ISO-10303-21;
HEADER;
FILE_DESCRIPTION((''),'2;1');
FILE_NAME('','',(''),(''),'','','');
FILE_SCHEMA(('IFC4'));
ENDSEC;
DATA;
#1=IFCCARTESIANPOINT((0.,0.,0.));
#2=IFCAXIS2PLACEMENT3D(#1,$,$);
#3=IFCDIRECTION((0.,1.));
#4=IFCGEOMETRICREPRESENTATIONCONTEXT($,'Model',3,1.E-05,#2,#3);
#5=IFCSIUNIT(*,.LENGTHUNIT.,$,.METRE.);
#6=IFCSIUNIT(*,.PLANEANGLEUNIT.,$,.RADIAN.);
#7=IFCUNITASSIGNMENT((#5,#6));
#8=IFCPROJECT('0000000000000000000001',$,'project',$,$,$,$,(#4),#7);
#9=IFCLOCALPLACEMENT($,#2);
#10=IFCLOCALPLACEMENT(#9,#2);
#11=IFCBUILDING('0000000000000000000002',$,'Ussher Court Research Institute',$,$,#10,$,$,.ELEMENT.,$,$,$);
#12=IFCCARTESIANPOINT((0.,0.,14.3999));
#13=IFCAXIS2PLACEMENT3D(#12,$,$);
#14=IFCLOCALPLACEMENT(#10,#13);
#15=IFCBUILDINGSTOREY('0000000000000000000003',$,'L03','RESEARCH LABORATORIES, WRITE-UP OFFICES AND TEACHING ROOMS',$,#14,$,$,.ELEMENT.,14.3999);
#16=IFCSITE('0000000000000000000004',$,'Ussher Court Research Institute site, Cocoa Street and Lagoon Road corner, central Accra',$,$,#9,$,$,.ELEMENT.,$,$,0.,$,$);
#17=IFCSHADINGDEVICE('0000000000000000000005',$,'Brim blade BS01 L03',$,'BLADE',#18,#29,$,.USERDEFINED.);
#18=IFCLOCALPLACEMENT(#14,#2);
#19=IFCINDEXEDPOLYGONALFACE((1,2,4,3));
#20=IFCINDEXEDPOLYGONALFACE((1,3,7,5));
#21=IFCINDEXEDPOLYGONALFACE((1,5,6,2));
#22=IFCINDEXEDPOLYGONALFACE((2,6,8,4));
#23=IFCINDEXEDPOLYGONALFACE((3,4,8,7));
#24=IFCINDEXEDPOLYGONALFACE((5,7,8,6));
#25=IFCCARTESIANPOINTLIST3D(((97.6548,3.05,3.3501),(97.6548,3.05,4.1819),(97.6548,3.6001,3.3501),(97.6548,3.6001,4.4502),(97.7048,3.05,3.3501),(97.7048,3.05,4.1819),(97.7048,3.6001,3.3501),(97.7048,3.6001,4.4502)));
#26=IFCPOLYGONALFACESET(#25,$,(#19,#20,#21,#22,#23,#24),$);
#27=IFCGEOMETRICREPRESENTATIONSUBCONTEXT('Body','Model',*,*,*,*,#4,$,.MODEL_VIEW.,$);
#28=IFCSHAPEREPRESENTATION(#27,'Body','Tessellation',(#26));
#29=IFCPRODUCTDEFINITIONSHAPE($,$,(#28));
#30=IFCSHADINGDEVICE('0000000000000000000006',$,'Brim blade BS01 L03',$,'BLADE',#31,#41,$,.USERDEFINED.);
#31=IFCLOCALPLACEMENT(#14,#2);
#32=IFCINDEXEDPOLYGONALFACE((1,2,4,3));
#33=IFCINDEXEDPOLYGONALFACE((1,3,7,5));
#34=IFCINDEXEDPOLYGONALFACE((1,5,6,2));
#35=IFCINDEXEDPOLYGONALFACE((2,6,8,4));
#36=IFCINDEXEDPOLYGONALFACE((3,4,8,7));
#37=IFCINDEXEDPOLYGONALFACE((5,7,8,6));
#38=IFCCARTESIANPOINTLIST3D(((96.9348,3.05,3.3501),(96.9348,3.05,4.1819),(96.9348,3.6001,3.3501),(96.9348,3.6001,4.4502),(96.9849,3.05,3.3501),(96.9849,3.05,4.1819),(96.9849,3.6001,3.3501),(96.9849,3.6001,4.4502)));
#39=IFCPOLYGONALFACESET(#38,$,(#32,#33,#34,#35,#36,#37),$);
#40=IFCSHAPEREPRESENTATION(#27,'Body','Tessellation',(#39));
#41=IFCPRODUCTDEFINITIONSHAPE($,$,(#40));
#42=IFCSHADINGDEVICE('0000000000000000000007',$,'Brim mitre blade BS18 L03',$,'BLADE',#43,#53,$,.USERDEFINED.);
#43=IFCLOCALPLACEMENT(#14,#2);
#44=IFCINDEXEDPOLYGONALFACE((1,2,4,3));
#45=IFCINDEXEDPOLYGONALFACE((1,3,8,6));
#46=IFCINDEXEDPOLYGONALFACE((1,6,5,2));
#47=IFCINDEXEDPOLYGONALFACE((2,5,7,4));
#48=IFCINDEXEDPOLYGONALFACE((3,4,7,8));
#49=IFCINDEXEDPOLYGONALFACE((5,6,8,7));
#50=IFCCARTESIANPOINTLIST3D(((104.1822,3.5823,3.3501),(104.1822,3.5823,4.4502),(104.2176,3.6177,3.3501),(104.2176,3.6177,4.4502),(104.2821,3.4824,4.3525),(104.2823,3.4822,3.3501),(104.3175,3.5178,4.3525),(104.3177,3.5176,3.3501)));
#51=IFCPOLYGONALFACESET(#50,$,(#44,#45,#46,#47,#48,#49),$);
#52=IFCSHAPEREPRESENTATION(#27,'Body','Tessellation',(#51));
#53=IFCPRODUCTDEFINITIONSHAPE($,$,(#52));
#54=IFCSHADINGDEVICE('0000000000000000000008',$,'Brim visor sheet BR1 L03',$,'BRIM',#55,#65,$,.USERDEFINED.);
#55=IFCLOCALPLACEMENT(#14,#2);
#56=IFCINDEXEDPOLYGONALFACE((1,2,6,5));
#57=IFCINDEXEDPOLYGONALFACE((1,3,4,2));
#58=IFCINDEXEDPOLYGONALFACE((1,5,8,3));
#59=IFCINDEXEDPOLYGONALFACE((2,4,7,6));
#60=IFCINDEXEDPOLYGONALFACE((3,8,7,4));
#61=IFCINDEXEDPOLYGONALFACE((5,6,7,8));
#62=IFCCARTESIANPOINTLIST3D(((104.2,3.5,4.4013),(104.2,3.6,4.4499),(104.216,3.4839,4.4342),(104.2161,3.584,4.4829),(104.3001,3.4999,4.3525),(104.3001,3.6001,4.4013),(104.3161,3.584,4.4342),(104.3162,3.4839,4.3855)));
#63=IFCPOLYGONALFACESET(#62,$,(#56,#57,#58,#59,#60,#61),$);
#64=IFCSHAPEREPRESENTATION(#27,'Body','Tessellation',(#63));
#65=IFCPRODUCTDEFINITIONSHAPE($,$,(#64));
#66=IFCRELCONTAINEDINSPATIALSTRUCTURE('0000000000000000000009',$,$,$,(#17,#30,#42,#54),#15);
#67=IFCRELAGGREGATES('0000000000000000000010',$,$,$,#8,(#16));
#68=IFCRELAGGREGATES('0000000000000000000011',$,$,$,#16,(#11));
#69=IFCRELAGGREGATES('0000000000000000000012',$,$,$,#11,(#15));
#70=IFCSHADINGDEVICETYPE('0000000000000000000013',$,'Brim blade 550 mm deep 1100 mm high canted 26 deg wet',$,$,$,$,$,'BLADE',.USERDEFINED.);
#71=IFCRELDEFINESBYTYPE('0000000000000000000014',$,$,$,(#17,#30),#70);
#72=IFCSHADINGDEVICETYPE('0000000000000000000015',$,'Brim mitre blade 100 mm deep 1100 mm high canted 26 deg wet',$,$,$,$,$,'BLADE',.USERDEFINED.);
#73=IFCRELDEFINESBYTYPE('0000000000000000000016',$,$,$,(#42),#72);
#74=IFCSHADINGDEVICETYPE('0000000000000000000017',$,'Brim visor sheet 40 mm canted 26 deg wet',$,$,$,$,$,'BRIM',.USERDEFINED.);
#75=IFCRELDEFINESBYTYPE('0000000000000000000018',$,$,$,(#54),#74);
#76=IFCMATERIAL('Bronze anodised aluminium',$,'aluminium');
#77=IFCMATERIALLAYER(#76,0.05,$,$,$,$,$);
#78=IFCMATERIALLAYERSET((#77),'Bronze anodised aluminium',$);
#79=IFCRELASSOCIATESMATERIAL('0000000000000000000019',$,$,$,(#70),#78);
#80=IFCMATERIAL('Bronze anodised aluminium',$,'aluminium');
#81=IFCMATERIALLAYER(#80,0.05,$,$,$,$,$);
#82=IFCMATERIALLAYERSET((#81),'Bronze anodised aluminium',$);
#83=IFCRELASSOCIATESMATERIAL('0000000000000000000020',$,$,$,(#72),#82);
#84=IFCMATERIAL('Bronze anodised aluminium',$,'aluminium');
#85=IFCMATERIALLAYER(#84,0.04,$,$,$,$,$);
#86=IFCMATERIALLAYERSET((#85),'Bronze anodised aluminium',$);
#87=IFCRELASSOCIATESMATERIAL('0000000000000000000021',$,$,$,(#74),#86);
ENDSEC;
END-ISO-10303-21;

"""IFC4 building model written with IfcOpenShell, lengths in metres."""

from ifc_helpers import new_model, si_unit, direction, frame, origin, place, context, subcontext, project, spatial, polyline, outline, extrude, material, layer, layer_set, type_object, element, save


model = new_model("IFC4")

# Units and contexts
model_context = context("Model", 3, precision=1e-05, world=origin(), true_north=direction((0.0, 1.0)))
body_context = subcontext(model_context, "Body", "Model", "MODEL_VIEW")
ifc_project = project(units=[si_unit("LENGTHUNIT", "METRE"), si_unit("PLANEANGLEUNIT", "RADIAN")], contexts=[model_context])

# Site, building, storey
site_placement = place(None, origin())
site = spatial("IfcSite", under=ifc_project, at=site_placement, Name="Ussher Court Research Institute site, Cocoa Street and Lagoon Road corner, central Accra", CompositionType="ELEMENT", RefElevation=0.0)
building_placement = place(site_placement, origin())
building = spatial("IfcBuilding", under=site, at=building_placement, Name="Ussher Court Research Institute", CompositionType="ELEMENT")
storey_placement = place(building_placement, frame((0.0, 0.0, 14.3999)))
storey = spatial("IfcBuildingStorey", under=building, at=storey_placement, Name="L03", Description="RESEARCH LABORATORIES, WRITE-UP OFFICES AND TEACHING ROOMS", CompositionType="ELEMENT", Elevation=14.3999)

# Shading devices
ifc_material_1 = material(Name="Bronze anodised aluminium", Category="aluminium")
ifc_layer_1 = layer(ifc_material_1, 0.05)
ifc_layer_set_1 = layer_set([ifc_layer_1], Name="Bronze anodised aluminium")
shading_device_type_1 = type_object("IfcShadingDeviceType", Name="Brim blade 550 mm deep 1100 mm high canted 26 deg wet", ElementType="BLADE", PredefinedType="USERDEFINED", material=ifc_layer_set_1)
for number, where, z_axis, x_axis, name in (
    (1, (97.6799, 3.6001, 3.3501), (0.0, 0.0, 1.0), (0.0, -1.0, 0.0), "Brim blade BS01 L03"),
    (2, (96.96, 3.6001, 3.3501), (0.0, 0.0, 1.0), (0.0, -1.0, 0.0), "Brim blade BS01 L03"),
):
    element("IfcShadingDevice", number, at=place(storey_placement, frame(where, z_axis=z_axis, x_axis=x_axis)), inside=storey, type_object=shading_device_type_1, Name=name, ObjectType="BLADE", PredefinedType="USERDEFINED", context=body_context, shape_type="SweptSolid", body=[
        extrude(outline(polyline([(0.0, 0.0), (0.55, 0.0), (0.55, 0.8318), (0.0, 1.1001), (0.0, 0.0)])), frame((0.0, 0.0249, 0.0), z_axis=(0.0, -1.0, 0.0), x_axis=(1.0, 0.0, 0.0)), (0.0, 0.0, 1.0), 0.05),
    ])
ifc_material_2 = material(Name="Bronze anodised aluminium", Category="aluminium")
ifc_layer_2 = layer(ifc_material_2, 0.05)
ifc_layer_set_2 = layer_set([ifc_layer_2], Name="Bronze anodised aluminium")
shading_device_type_2 = type_object("IfcShadingDeviceType", Name="Brim mitre blade 100 mm deep 1100 mm high canted 26 deg wet", ElementType="BLADE", PredefinedType="USERDEFINED", material=ifc_layer_set_2)
shading_device_1_placement = place(storey_placement, frame((104.2, 3.6001, 3.3501), z_axis=(0.0, 0.0, 1.0), x_axis=(0.707107, -0.707107, 0.0)))
element("IfcShadingDevice", 3, at=shading_device_1_placement, inside=storey, type_object=shading_device_type_2, Name="Brim mitre blade BS18 L03", ObjectType="BLADE", PredefinedType="USERDEFINED", context=body_context, shape_type="SweptSolid", body=[
    extrude(outline(polyline([(0.0, 0.0), (0.1416, 0.0), (0.1414, 1.0024), (0.0, 1.1001), (0.0, 0.0)])), frame((0.0, 0.0249, 0.0), z_axis=(0.0, -1.0, 0.0), x_axis=(1.0, 0.0, 0.0)), (0.0, 0.0, 1.0), 0.05),
])
ifc_material_3 = material(Name="Bronze anodised aluminium", Category="aluminium")
ifc_layer_3 = layer(ifc_material_3, 0.04)
ifc_layer_set_3 = layer_set([ifc_layer_3], Name="Bronze anodised aluminium")
shading_device_type_3 = type_object("IfcShadingDeviceType", Name="Brim visor sheet 40 mm canted 26 deg wet", ElementType="BRIM", PredefinedType="USERDEFINED", material=ifc_layer_set_3)
shading_device_2_placement = place(storey_placement, frame((104.2161, 3.584, 4.4829), z_axis=(0.400848, -0.400848, 0.823797), x_axis=(-0.000362, -0.899269, -0.437395)))
element("IfcShadingDevice", 4, at=shading_device_2_placement, inside=storey, type_object=shading_device_type_3, Name="Brim visor sheet BR1 L03", ObjectType="BRIM", PredefinedType="USERDEFINED", context=body_context, shape_type="SweptSolid", body=[
    extrude(outline(polyline([(0.0, 0.0), (0.1113, 0.0), (0.1326, 0.1093), (0.0212, 0.1092), (0.0, 0.0)])), origin(), (0.0, 0.0, -1.0), 0.04),
])

save(model, "model.ifc")
